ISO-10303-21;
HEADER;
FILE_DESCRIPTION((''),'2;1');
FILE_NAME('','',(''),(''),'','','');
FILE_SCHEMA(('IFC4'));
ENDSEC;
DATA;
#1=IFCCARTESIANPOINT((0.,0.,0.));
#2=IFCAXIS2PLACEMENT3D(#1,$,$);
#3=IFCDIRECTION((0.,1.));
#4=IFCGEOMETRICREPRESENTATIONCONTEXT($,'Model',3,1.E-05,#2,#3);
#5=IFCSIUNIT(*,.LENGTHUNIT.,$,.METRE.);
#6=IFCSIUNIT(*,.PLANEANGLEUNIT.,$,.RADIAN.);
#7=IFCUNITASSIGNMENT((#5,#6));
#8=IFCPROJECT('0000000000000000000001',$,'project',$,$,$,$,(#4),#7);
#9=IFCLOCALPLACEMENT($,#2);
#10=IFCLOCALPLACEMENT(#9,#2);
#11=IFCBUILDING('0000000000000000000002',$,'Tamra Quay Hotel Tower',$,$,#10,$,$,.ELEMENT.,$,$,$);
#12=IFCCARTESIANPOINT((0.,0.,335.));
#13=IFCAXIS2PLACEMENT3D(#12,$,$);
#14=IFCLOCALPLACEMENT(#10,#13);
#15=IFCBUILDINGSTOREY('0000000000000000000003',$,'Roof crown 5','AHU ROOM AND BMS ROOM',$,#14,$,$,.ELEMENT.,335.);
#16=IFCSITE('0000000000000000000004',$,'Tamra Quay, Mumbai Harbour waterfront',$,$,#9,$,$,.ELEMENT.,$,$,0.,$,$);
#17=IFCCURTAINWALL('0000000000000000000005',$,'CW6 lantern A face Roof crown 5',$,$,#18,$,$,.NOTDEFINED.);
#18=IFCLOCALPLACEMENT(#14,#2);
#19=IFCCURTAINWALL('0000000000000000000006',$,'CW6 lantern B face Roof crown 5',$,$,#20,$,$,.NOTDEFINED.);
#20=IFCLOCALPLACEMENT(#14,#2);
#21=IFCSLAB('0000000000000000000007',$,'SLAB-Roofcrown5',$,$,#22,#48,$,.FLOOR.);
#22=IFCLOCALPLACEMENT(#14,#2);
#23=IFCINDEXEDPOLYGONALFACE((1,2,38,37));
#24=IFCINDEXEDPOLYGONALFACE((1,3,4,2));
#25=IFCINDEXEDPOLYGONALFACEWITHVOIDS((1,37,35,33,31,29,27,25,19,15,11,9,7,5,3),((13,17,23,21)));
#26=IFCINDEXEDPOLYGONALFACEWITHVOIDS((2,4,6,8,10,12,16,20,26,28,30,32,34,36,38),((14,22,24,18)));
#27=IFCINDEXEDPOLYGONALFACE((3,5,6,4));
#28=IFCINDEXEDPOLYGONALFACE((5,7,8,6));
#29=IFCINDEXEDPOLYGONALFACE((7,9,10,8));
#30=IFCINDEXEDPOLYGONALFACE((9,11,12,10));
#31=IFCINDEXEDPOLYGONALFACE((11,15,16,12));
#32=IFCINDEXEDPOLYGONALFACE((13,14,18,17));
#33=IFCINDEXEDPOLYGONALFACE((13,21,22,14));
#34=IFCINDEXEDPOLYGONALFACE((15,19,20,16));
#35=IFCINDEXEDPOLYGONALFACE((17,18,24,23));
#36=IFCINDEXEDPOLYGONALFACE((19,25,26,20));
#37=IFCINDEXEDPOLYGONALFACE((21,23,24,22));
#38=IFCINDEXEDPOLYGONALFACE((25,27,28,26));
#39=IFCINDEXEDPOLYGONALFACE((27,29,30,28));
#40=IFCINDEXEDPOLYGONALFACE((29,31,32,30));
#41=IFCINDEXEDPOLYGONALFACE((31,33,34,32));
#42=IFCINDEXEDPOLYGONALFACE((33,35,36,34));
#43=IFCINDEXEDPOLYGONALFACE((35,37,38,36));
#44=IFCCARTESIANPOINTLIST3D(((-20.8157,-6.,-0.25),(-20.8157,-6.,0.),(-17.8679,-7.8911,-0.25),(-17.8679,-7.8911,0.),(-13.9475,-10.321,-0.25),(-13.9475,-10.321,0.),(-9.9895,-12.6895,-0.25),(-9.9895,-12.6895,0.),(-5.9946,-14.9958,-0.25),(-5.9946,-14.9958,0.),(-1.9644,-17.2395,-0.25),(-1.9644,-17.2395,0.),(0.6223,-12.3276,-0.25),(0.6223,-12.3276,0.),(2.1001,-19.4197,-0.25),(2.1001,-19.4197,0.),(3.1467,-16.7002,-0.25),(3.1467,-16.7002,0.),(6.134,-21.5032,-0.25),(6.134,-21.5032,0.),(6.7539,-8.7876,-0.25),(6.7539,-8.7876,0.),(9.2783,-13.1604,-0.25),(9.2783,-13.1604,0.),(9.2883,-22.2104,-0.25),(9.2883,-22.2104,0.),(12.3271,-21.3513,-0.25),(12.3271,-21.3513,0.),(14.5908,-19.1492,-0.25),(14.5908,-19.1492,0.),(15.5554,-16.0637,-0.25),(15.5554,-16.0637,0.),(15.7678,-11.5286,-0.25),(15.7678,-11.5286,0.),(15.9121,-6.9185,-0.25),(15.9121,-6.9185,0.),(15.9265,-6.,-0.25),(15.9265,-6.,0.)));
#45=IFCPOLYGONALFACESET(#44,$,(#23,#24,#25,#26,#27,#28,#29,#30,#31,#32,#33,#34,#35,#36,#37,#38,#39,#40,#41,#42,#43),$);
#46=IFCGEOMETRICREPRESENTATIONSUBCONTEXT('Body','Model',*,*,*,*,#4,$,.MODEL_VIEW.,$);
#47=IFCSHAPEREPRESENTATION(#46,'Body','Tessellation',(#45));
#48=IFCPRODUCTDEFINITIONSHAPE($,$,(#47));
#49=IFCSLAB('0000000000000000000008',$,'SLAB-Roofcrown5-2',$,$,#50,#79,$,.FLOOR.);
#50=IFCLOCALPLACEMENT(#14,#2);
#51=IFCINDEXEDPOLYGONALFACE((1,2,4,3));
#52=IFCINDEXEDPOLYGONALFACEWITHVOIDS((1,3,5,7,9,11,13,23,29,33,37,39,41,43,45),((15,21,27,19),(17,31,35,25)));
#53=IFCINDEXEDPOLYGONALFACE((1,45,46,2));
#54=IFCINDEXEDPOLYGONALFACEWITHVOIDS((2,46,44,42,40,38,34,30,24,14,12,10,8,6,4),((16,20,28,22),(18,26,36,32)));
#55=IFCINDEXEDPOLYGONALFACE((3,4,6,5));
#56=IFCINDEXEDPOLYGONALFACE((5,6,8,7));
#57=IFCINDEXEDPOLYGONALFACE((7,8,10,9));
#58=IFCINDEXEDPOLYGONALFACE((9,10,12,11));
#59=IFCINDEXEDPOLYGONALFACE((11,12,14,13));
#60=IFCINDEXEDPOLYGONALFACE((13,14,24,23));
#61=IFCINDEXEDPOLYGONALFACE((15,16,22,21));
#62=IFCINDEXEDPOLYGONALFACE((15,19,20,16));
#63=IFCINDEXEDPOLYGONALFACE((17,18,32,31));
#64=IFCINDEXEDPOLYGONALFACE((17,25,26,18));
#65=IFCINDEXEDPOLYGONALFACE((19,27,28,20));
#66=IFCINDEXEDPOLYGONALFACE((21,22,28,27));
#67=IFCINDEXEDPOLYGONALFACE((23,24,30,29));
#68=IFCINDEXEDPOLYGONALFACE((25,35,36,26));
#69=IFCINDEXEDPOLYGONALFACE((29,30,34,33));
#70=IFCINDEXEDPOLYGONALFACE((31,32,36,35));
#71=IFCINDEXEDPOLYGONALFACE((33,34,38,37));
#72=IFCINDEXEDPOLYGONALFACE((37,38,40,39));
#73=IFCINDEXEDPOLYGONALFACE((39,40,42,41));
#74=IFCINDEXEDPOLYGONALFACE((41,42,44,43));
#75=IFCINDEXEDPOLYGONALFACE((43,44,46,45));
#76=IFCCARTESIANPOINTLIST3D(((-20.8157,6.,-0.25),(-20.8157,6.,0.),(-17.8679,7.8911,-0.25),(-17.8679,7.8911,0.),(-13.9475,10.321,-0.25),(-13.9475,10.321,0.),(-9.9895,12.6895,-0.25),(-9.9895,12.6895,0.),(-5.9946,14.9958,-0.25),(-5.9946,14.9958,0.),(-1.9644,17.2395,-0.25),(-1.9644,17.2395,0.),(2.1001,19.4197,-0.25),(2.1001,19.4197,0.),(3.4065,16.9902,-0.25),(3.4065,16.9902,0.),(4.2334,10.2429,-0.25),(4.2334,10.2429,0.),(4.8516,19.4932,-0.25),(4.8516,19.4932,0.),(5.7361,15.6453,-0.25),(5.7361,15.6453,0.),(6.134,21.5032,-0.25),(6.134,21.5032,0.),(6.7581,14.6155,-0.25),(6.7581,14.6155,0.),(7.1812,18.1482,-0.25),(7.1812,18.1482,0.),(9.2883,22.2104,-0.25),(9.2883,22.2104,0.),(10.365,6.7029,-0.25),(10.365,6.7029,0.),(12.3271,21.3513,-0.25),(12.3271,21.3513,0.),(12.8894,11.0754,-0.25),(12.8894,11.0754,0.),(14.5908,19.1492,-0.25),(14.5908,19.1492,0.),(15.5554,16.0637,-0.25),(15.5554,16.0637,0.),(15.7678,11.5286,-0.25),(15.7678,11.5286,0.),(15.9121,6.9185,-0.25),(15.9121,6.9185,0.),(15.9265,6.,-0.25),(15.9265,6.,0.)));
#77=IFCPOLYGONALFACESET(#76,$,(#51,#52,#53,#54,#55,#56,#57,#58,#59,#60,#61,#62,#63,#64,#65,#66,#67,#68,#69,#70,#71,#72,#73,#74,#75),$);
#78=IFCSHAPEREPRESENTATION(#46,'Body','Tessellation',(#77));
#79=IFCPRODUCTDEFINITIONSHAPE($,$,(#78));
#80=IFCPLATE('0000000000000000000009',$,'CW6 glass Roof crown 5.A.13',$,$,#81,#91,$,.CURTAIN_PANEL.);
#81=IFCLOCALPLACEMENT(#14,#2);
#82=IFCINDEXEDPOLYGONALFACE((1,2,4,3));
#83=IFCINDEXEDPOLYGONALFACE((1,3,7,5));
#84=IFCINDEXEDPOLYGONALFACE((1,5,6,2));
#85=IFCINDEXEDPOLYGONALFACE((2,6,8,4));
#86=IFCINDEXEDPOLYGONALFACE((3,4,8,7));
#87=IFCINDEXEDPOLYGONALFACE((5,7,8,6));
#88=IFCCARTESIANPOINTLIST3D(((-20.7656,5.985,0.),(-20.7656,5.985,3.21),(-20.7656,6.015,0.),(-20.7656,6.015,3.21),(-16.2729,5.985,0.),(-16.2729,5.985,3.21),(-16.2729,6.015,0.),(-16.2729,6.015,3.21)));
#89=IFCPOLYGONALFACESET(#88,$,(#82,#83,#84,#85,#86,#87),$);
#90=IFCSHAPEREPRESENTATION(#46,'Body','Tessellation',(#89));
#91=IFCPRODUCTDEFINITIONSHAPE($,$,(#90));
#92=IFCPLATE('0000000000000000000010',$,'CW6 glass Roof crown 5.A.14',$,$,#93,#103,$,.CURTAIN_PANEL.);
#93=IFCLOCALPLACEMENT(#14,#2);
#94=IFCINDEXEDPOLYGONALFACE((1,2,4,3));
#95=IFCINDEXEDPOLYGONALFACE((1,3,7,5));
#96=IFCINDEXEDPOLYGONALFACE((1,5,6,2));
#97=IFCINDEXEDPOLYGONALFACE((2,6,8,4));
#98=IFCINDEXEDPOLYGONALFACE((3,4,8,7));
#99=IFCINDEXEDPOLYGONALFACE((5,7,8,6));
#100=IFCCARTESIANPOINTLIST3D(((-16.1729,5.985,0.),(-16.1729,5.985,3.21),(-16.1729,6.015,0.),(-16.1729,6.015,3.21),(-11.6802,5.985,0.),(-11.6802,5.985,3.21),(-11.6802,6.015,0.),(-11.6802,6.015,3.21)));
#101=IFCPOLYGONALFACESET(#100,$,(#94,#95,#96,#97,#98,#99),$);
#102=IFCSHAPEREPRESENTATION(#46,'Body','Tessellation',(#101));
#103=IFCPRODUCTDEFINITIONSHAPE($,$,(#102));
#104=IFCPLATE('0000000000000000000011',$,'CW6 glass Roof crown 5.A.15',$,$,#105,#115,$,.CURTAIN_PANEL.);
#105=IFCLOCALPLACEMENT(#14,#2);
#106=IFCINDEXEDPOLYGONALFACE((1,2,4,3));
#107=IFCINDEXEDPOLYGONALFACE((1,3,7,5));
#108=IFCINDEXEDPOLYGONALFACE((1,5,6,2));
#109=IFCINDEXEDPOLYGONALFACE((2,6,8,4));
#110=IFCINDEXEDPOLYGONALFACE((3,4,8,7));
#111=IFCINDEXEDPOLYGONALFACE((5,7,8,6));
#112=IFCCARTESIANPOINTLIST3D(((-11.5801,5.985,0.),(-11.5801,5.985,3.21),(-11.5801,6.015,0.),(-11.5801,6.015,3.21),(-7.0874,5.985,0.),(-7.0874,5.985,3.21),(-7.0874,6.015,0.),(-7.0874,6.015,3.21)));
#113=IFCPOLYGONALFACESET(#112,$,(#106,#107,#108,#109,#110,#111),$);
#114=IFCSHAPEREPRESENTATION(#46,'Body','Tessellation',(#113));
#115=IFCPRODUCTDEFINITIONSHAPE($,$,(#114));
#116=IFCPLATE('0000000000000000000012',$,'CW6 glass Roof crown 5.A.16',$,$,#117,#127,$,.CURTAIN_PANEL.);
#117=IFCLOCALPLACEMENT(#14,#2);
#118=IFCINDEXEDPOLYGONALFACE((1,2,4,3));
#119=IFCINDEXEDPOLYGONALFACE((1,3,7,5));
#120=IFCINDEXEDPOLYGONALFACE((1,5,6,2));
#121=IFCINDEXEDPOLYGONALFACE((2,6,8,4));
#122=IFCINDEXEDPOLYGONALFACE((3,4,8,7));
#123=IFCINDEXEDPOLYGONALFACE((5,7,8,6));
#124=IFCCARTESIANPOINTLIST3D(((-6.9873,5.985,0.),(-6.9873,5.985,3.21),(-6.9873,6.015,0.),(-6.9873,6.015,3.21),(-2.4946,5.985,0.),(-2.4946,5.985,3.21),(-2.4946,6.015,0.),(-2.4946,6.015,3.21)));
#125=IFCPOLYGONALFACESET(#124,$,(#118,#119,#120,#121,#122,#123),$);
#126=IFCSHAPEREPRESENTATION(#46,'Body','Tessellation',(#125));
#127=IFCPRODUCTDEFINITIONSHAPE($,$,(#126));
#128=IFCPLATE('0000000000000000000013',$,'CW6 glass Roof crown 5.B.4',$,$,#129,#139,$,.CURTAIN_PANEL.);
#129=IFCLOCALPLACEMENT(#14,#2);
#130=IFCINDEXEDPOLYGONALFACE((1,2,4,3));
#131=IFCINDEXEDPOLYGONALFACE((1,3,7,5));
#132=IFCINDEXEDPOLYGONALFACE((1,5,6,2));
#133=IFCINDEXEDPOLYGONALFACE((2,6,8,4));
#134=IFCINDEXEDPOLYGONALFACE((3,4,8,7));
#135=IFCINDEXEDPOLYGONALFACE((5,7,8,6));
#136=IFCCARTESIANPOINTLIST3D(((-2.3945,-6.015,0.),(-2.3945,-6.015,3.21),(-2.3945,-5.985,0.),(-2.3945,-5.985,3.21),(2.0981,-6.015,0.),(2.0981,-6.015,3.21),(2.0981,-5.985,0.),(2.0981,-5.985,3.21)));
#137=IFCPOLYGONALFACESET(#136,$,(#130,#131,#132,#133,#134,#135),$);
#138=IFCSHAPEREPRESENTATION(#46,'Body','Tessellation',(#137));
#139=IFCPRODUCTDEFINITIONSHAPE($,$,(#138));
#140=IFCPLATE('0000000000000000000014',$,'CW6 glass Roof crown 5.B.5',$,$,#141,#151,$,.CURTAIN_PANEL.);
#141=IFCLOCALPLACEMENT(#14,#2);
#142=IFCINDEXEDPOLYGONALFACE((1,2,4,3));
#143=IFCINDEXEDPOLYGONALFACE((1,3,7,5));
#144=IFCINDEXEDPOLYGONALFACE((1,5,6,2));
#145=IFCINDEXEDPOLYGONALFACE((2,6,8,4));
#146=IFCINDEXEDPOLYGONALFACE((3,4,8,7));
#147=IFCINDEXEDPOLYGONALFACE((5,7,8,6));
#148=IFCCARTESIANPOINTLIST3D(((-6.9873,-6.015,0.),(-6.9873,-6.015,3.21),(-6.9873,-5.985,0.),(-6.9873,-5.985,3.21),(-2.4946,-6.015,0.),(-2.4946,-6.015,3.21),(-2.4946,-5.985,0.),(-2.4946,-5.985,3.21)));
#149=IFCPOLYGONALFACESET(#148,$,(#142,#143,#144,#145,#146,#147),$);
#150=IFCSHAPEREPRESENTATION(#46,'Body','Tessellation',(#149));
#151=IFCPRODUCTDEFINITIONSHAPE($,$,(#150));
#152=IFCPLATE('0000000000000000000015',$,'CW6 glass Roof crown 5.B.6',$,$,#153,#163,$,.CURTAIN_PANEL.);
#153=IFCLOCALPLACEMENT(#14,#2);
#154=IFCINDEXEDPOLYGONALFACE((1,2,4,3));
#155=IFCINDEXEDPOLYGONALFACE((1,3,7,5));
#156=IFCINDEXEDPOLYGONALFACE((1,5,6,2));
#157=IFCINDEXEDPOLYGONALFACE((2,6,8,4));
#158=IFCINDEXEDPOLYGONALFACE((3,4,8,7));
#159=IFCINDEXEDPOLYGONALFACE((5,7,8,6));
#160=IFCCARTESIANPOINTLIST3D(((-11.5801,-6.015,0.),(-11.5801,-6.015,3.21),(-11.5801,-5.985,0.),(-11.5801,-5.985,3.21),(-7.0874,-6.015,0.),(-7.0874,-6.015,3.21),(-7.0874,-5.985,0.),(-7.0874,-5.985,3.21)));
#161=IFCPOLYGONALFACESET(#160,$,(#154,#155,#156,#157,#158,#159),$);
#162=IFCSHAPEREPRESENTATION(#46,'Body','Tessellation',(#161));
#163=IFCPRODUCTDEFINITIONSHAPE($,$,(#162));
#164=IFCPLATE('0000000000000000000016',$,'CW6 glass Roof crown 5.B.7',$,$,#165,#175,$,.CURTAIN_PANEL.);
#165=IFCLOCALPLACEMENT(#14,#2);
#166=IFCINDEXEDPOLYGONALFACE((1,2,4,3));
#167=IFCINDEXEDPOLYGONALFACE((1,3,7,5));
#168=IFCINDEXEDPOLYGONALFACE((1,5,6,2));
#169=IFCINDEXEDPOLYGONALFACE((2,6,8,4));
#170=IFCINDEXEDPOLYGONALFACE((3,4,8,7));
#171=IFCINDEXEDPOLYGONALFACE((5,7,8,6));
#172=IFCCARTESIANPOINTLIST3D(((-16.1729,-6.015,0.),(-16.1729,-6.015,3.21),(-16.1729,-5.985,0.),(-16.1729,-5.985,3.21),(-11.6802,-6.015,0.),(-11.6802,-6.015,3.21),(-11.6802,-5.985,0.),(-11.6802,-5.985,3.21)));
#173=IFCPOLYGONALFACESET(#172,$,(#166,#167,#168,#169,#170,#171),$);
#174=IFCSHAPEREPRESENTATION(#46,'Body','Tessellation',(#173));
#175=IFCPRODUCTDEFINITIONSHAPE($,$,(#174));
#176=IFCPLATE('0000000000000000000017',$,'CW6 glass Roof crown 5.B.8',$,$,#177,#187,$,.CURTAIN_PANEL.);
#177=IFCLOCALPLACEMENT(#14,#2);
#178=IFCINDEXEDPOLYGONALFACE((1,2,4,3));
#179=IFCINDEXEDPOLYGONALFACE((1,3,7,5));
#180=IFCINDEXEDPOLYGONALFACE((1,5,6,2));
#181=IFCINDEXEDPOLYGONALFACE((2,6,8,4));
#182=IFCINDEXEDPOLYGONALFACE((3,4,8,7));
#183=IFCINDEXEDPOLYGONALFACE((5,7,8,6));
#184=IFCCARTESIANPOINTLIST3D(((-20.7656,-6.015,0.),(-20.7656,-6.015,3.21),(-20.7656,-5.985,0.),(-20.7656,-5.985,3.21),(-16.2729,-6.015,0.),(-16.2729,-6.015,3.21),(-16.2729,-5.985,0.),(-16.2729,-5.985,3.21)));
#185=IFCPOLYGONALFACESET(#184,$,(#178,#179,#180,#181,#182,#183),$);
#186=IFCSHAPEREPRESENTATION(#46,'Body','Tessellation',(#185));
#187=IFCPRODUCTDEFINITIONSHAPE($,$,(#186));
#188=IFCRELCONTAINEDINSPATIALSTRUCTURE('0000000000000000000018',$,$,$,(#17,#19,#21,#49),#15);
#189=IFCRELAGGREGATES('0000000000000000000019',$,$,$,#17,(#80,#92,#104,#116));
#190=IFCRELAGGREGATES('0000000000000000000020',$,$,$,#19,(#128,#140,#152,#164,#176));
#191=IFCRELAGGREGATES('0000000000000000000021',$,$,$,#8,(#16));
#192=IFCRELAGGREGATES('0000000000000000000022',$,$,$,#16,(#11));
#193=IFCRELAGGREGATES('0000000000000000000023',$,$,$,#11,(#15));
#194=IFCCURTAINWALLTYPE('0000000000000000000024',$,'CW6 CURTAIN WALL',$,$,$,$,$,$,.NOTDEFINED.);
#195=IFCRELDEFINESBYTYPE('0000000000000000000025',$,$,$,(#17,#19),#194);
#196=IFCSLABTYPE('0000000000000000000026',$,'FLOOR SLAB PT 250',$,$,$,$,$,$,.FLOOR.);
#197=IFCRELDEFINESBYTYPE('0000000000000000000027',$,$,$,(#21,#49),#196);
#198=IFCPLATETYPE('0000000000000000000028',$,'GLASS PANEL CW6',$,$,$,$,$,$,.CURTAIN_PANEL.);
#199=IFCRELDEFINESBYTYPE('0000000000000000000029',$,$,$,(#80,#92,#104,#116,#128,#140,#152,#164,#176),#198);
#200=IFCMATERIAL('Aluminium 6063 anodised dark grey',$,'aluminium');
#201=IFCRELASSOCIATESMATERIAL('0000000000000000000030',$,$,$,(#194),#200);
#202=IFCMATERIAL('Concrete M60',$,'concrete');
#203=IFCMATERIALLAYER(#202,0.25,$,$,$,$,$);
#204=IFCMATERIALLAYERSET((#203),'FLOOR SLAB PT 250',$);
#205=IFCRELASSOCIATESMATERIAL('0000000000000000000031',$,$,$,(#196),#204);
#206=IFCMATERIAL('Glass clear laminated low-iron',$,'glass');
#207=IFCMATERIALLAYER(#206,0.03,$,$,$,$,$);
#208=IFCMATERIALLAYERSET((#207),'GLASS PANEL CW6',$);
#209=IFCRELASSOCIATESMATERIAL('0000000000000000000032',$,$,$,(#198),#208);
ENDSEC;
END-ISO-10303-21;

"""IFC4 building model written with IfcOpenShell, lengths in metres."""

from ifc_helpers import new_model, si_unit, direction, frame, origin, origin_2d, place, context, subcontext, project, spatial, polyline, rectangle, outline, extrude, material, layer, layer_set, type_object, element, aggregate, save


model = new_model("IFC4")

# Units and contexts
model_context = context("Model", 3, precision=1e-05, world=origin(), true_north=direction((0.0, 1.0)))
body_context = subcontext(model_context, "Body", "Model", "MODEL_VIEW")
ifc_project = project(units=[si_unit("LENGTHUNIT", "METRE"), si_unit("PLANEANGLEUNIT", "RADIAN")], contexts=[model_context])

# Site, building, storey
site_placement = place(None, origin())
site = spatial("IfcSite", under=ifc_project, at=site_placement, Name="Tamra Quay, Mumbai Harbour waterfront", CompositionType="ELEMENT", RefElevation=0.0)
building_placement = place(site_placement, origin())
building = spatial("IfcBuilding", under=site, at=building_placement, Name="Tamra Quay Hotel Tower", CompositionType="ELEMENT")
storey_placement = place(building_placement, frame((0.0, 0.0, 335.0)))
storey = spatial("IfcBuildingStorey", under=building, at=storey_placement, Name="Roof crown 5", Description="AHU ROOM AND BMS ROOM", CompositionType="ELEMENT", Elevation=335.0)

# Curtain walls
ifc_material_1 = material(Name="Aluminium 6063 anodised dark grey", Category="aluminium")
curtain_wall_type = type_object("IfcCurtainWallType", Name="CW6 CURTAIN WALL", PredefinedType="NOTDEFINED", material=ifc_material_1)
curtain_wall_1_placement = place(storey_placement, origin())
curtain_wall_1 = element("IfcCurtainWall", 1, at=curtain_wall_1_placement, inside=storey, type_object=curtain_wall_type, Name="CW6 lantern A face Roof crown 5", PredefinedType="NOTDEFINED")
curtain_wall_2_placement = place(storey_placement, origin())
curtain_wall_2 = element("IfcCurtainWall", 2, at=curtain_wall_2_placement, inside=storey, type_object=curtain_wall_type, Name="CW6 lantern B face Roof crown 5", PredefinedType="NOTDEFINED")

# Slabs
ifc_material_2 = material(Name="Concrete M60", Category="concrete")
ifc_layer_1 = layer(ifc_material_2, 0.25)
ifc_layer_set_1 = layer_set([ifc_layer_1], Name="FLOOR SLAB PT 250")
slab_type = type_object("IfcSlabType", Name="FLOOR SLAB PT 250", PredefinedType="FLOOR", material=ifc_layer_set_1)
slab_1_placement = place(storey_placement, frame((0.0, 0.0, -0.25)))
element("IfcSlab", 3, at=slab_1_placement, inside=storey, type_object=slab_type, Name="SLAB-Roofcrown5", PredefinedType="FLOOR", context=body_context, shape_type="SweptSolid", body=[
    extrude(outline(polyline([(15.5554, -16.0637), (14.5908, -19.1492), (12.3271, -21.3513), (9.2883, -22.2104), (6.134, -21.5032), (2.1001, -19.4197), (-1.9644, -17.2395), (-5.9946, -14.9958), (-9.9895, -12.6895), (-13.9475, -10.321), (-17.8679, -7.8911), (-20.8157, -6.0), (15.9265, -6.0), (15.9121, -6.9185), (15.7678, -11.5286), (15.5554, -16.0637)]), holes=[polyline([(6.7539, -8.7876), (0.6223, -12.3276), (3.1467, -16.7002), (9.2783, -13.1604), (6.7539, -8.7876)])]), origin(), (0.0, 0.0, 1.0), 0.25),
])
slab_2_placement = place(storey_placement, frame((0.0, 0.0, -0.25)))
element("IfcSlab", 4, at=slab_2_placement, inside=storey, type_object=slab_type, Name="SLAB-Roofcrown5-2", PredefinedType="FLOOR", context=body_context, shape_type="SweptSolid", body=[
    extrude(outline(polyline([(15.9265, 6.0), (-20.8157, 6.0), (-17.8679, 7.8911), (-13.9475, 10.321), (-9.9895, 12.6895), (-5.9946, 14.9958), (-1.9644, 17.2395), (2.1001, 19.4197), (6.134, 21.5032), (9.2883, 22.2104), (12.3271, 21.3513), (14.5908, 19.1492), (15.5554, 16.0637), (15.7678, 11.5286), (15.9121, 6.9185), (15.9265, 6.0)]), holes=[polyline([(6.7581, 14.6155), (4.2334, 10.2429), (10.365, 6.7029), (12.8894, 11.0754), (6.7581, 14.6155)]), polyline([(4.8516, 19.4932), (3.4065, 16.9902), (5.7361, 15.6453), (7.1812, 18.1482), (4.8516, 19.4932)])]), origin(), (0.0, 0.0, 1.0), 0.25),
])

# Plates
ifc_material_3 = material(Name="Glass clear laminated low-iron", Category="glass")
ifc_layer_2 = layer(ifc_material_3, 0.03)
ifc_layer_set_2 = layer_set([ifc_layer_2], Name="GLASS PANEL CW6")
plate_type = type_object("IfcPlateType", Name="GLASS PANEL CW6", PredefinedType="CURTAIN_PANEL", material=ifc_layer_set_2)
plate_1_placement = place(storey_placement, frame((-18.5193, 6.0, 0.0), z_axis=(0.0, 0.0, 1.0), x_axis=(1.0, 0.0, 0.0)))
plate_1 = element("IfcPlate", 5, at=plate_1_placement, type_object=plate_type, Name="CW6 glass Roof crown 5.A.13", PredefinedType="CURTAIN_PANEL", context=body_context, shape_type="SweptSolid", body=[
    extrude(rectangle(XDim=4.4927, YDim=0.03, at=origin_2d()), origin(), (0.0, 0.0, 1.0), 3.21),
])
plate_2_placement = place(storey_placement, frame((-13.9265, 6.0, 0.0), z_axis=(0.0, 0.0, 1.0), x_axis=(1.0, 0.0, 0.0)))
plate_2 = element("IfcPlate", 6, at=plate_2_placement, type_object=plate_type, Name="CW6 glass Roof crown 5.A.14", PredefinedType="CURTAIN_PANEL", context=body_context, shape_type="SweptSolid", body=[
    extrude(rectangle(XDim=4.4927, YDim=0.03, at=origin_2d()), origin(), (0.0, 0.0, 1.0), 3.21),
])
plate_3_placement = place(storey_placement, frame((-9.3337, 6.0, 0.0), z_axis=(0.0, 0.0, 1.0), x_axis=(1.0, 0.0, 0.0)))
plate_3 = element("IfcPlate", 7, at=plate_3_placement, type_object=plate_type, Name="CW6 glass Roof crown 5.A.15", PredefinedType="CURTAIN_PANEL", context=body_context, shape_type="SweptSolid", body=[
    extrude(rectangle(XDim=4.4927, YDim=0.03, at=origin_2d()), origin(), (0.0, 0.0, 1.0), 3.21),
])
plate_4_placement = place(storey_placement, frame((-4.741, 6.0, 0.0), z_axis=(0.0, 0.0, 1.0), x_axis=(1.0, 0.0, 0.0)))
plate_4 = element("IfcPlate", 8, at=plate_4_placement, type_object=plate_type, Name="CW6 glass Roof crown 5.A.16", PredefinedType="CURTAIN_PANEL", context=body_context, shape_type="SweptSolid", body=[
    extrude(rectangle(XDim=4.4927, YDim=0.03, at=origin_2d()), origin(), (0.0, 0.0, 1.0), 3.21),
])
aggregate(curtain_wall_1, [plate_1, plate_2, plate_3, plate_4])
plate_5_placement = place(storey_placement, frame((-0.1482, -6.0, 0.0), z_axis=(0.0, 0.0, 1.0), x_axis=(-1.0, 0.0, 0.0)))
plate_5 = element("IfcPlate", 9, at=plate_5_placement, type_object=plate_type, Name="CW6 glass Roof crown 5.B.4", PredefinedType="CURTAIN_PANEL", context=body_context, shape_type="SweptSolid", body=[
    extrude(rectangle(XDim=4.4927, YDim=0.03, at=origin_2d()), origin(), (0.0, 0.0, 1.0), 3.21),
])
plate_6_placement = place(storey_placement, frame((-4.741, -6.0, 0.0), z_axis=(0.0, 0.0, 1.0), x_axis=(-1.0, 0.0, 0.0)))
plate_6 = element("IfcPlate", 10, at=plate_6_placement, type_object=plate_type, Name="CW6 glass Roof crown 5.B.5", PredefinedType="CURTAIN_PANEL", context=body_context, shape_type="SweptSolid", body=[
    extrude(rectangle(XDim=4.4927, YDim=0.03, at=origin_2d()), origin(), (0.0, 0.0, 1.0), 3.21),
])
plate_7_placement = place(storey_placement, frame((-9.3337, -6.0, 0.0), z_axis=(0.0, 0.0, 1.0), x_axis=(-1.0, 0.0, 0.0)))
plate_7 = element("IfcPlate", 11, at=plate_7_placement, type_object=plate_type, Name="CW6 glass Roof crown 5.B.6", PredefinedType="CURTAIN_PANEL", context=body_context, shape_type="SweptSolid", body=[
    extrude(rectangle(XDim=4.4927, YDim=0.03, at=origin_2d()), origin(), (0.0, 0.0, 1.0), 3.21),
])
plate_8_placement = place(storey_placement, frame((-13.9265, -6.0, 0.0), z_axis=(0.0, 0.0, 1.0), x_axis=(-1.0, 0.0, 0.0)))
plate_8 = element("IfcPlate", 12, at=plate_8_placement, type_object=plate_type, Name="CW6 glass Roof crown 5.B.7", PredefinedType="CURTAIN_PANEL", context=body_context, shape_type="SweptSolid", body=[
    extrude(rectangle(XDim=4.4927, YDim=0.03, at=origin_2d()), origin(), (0.0, 0.0, 1.0), 3.21),
])
plate_9_placement = place(storey_placement, frame((-18.5193, -6.0, 0.0), z_axis=(0.0, 0.0, 1.0), x_axis=(-1.0, 0.0, 0.0)))
plate_9 = element("IfcPlate", 13, at=plate_9_placement, type_object=plate_type, Name="CW6 glass Roof crown 5.B.8", PredefinedType="CURTAIN_PANEL", context=body_context, shape_type="SweptSolid", body=[
    extrude(rectangle(XDim=4.4927, YDim=0.03, at=origin_2d()), origin(), (0.0, 0.0, 1.0), 3.21),
])
aggregate(curtain_wall_2, [plate_5, plate_6, plate_7, plate_8, plate_9])

save(model, "model.ifc")
